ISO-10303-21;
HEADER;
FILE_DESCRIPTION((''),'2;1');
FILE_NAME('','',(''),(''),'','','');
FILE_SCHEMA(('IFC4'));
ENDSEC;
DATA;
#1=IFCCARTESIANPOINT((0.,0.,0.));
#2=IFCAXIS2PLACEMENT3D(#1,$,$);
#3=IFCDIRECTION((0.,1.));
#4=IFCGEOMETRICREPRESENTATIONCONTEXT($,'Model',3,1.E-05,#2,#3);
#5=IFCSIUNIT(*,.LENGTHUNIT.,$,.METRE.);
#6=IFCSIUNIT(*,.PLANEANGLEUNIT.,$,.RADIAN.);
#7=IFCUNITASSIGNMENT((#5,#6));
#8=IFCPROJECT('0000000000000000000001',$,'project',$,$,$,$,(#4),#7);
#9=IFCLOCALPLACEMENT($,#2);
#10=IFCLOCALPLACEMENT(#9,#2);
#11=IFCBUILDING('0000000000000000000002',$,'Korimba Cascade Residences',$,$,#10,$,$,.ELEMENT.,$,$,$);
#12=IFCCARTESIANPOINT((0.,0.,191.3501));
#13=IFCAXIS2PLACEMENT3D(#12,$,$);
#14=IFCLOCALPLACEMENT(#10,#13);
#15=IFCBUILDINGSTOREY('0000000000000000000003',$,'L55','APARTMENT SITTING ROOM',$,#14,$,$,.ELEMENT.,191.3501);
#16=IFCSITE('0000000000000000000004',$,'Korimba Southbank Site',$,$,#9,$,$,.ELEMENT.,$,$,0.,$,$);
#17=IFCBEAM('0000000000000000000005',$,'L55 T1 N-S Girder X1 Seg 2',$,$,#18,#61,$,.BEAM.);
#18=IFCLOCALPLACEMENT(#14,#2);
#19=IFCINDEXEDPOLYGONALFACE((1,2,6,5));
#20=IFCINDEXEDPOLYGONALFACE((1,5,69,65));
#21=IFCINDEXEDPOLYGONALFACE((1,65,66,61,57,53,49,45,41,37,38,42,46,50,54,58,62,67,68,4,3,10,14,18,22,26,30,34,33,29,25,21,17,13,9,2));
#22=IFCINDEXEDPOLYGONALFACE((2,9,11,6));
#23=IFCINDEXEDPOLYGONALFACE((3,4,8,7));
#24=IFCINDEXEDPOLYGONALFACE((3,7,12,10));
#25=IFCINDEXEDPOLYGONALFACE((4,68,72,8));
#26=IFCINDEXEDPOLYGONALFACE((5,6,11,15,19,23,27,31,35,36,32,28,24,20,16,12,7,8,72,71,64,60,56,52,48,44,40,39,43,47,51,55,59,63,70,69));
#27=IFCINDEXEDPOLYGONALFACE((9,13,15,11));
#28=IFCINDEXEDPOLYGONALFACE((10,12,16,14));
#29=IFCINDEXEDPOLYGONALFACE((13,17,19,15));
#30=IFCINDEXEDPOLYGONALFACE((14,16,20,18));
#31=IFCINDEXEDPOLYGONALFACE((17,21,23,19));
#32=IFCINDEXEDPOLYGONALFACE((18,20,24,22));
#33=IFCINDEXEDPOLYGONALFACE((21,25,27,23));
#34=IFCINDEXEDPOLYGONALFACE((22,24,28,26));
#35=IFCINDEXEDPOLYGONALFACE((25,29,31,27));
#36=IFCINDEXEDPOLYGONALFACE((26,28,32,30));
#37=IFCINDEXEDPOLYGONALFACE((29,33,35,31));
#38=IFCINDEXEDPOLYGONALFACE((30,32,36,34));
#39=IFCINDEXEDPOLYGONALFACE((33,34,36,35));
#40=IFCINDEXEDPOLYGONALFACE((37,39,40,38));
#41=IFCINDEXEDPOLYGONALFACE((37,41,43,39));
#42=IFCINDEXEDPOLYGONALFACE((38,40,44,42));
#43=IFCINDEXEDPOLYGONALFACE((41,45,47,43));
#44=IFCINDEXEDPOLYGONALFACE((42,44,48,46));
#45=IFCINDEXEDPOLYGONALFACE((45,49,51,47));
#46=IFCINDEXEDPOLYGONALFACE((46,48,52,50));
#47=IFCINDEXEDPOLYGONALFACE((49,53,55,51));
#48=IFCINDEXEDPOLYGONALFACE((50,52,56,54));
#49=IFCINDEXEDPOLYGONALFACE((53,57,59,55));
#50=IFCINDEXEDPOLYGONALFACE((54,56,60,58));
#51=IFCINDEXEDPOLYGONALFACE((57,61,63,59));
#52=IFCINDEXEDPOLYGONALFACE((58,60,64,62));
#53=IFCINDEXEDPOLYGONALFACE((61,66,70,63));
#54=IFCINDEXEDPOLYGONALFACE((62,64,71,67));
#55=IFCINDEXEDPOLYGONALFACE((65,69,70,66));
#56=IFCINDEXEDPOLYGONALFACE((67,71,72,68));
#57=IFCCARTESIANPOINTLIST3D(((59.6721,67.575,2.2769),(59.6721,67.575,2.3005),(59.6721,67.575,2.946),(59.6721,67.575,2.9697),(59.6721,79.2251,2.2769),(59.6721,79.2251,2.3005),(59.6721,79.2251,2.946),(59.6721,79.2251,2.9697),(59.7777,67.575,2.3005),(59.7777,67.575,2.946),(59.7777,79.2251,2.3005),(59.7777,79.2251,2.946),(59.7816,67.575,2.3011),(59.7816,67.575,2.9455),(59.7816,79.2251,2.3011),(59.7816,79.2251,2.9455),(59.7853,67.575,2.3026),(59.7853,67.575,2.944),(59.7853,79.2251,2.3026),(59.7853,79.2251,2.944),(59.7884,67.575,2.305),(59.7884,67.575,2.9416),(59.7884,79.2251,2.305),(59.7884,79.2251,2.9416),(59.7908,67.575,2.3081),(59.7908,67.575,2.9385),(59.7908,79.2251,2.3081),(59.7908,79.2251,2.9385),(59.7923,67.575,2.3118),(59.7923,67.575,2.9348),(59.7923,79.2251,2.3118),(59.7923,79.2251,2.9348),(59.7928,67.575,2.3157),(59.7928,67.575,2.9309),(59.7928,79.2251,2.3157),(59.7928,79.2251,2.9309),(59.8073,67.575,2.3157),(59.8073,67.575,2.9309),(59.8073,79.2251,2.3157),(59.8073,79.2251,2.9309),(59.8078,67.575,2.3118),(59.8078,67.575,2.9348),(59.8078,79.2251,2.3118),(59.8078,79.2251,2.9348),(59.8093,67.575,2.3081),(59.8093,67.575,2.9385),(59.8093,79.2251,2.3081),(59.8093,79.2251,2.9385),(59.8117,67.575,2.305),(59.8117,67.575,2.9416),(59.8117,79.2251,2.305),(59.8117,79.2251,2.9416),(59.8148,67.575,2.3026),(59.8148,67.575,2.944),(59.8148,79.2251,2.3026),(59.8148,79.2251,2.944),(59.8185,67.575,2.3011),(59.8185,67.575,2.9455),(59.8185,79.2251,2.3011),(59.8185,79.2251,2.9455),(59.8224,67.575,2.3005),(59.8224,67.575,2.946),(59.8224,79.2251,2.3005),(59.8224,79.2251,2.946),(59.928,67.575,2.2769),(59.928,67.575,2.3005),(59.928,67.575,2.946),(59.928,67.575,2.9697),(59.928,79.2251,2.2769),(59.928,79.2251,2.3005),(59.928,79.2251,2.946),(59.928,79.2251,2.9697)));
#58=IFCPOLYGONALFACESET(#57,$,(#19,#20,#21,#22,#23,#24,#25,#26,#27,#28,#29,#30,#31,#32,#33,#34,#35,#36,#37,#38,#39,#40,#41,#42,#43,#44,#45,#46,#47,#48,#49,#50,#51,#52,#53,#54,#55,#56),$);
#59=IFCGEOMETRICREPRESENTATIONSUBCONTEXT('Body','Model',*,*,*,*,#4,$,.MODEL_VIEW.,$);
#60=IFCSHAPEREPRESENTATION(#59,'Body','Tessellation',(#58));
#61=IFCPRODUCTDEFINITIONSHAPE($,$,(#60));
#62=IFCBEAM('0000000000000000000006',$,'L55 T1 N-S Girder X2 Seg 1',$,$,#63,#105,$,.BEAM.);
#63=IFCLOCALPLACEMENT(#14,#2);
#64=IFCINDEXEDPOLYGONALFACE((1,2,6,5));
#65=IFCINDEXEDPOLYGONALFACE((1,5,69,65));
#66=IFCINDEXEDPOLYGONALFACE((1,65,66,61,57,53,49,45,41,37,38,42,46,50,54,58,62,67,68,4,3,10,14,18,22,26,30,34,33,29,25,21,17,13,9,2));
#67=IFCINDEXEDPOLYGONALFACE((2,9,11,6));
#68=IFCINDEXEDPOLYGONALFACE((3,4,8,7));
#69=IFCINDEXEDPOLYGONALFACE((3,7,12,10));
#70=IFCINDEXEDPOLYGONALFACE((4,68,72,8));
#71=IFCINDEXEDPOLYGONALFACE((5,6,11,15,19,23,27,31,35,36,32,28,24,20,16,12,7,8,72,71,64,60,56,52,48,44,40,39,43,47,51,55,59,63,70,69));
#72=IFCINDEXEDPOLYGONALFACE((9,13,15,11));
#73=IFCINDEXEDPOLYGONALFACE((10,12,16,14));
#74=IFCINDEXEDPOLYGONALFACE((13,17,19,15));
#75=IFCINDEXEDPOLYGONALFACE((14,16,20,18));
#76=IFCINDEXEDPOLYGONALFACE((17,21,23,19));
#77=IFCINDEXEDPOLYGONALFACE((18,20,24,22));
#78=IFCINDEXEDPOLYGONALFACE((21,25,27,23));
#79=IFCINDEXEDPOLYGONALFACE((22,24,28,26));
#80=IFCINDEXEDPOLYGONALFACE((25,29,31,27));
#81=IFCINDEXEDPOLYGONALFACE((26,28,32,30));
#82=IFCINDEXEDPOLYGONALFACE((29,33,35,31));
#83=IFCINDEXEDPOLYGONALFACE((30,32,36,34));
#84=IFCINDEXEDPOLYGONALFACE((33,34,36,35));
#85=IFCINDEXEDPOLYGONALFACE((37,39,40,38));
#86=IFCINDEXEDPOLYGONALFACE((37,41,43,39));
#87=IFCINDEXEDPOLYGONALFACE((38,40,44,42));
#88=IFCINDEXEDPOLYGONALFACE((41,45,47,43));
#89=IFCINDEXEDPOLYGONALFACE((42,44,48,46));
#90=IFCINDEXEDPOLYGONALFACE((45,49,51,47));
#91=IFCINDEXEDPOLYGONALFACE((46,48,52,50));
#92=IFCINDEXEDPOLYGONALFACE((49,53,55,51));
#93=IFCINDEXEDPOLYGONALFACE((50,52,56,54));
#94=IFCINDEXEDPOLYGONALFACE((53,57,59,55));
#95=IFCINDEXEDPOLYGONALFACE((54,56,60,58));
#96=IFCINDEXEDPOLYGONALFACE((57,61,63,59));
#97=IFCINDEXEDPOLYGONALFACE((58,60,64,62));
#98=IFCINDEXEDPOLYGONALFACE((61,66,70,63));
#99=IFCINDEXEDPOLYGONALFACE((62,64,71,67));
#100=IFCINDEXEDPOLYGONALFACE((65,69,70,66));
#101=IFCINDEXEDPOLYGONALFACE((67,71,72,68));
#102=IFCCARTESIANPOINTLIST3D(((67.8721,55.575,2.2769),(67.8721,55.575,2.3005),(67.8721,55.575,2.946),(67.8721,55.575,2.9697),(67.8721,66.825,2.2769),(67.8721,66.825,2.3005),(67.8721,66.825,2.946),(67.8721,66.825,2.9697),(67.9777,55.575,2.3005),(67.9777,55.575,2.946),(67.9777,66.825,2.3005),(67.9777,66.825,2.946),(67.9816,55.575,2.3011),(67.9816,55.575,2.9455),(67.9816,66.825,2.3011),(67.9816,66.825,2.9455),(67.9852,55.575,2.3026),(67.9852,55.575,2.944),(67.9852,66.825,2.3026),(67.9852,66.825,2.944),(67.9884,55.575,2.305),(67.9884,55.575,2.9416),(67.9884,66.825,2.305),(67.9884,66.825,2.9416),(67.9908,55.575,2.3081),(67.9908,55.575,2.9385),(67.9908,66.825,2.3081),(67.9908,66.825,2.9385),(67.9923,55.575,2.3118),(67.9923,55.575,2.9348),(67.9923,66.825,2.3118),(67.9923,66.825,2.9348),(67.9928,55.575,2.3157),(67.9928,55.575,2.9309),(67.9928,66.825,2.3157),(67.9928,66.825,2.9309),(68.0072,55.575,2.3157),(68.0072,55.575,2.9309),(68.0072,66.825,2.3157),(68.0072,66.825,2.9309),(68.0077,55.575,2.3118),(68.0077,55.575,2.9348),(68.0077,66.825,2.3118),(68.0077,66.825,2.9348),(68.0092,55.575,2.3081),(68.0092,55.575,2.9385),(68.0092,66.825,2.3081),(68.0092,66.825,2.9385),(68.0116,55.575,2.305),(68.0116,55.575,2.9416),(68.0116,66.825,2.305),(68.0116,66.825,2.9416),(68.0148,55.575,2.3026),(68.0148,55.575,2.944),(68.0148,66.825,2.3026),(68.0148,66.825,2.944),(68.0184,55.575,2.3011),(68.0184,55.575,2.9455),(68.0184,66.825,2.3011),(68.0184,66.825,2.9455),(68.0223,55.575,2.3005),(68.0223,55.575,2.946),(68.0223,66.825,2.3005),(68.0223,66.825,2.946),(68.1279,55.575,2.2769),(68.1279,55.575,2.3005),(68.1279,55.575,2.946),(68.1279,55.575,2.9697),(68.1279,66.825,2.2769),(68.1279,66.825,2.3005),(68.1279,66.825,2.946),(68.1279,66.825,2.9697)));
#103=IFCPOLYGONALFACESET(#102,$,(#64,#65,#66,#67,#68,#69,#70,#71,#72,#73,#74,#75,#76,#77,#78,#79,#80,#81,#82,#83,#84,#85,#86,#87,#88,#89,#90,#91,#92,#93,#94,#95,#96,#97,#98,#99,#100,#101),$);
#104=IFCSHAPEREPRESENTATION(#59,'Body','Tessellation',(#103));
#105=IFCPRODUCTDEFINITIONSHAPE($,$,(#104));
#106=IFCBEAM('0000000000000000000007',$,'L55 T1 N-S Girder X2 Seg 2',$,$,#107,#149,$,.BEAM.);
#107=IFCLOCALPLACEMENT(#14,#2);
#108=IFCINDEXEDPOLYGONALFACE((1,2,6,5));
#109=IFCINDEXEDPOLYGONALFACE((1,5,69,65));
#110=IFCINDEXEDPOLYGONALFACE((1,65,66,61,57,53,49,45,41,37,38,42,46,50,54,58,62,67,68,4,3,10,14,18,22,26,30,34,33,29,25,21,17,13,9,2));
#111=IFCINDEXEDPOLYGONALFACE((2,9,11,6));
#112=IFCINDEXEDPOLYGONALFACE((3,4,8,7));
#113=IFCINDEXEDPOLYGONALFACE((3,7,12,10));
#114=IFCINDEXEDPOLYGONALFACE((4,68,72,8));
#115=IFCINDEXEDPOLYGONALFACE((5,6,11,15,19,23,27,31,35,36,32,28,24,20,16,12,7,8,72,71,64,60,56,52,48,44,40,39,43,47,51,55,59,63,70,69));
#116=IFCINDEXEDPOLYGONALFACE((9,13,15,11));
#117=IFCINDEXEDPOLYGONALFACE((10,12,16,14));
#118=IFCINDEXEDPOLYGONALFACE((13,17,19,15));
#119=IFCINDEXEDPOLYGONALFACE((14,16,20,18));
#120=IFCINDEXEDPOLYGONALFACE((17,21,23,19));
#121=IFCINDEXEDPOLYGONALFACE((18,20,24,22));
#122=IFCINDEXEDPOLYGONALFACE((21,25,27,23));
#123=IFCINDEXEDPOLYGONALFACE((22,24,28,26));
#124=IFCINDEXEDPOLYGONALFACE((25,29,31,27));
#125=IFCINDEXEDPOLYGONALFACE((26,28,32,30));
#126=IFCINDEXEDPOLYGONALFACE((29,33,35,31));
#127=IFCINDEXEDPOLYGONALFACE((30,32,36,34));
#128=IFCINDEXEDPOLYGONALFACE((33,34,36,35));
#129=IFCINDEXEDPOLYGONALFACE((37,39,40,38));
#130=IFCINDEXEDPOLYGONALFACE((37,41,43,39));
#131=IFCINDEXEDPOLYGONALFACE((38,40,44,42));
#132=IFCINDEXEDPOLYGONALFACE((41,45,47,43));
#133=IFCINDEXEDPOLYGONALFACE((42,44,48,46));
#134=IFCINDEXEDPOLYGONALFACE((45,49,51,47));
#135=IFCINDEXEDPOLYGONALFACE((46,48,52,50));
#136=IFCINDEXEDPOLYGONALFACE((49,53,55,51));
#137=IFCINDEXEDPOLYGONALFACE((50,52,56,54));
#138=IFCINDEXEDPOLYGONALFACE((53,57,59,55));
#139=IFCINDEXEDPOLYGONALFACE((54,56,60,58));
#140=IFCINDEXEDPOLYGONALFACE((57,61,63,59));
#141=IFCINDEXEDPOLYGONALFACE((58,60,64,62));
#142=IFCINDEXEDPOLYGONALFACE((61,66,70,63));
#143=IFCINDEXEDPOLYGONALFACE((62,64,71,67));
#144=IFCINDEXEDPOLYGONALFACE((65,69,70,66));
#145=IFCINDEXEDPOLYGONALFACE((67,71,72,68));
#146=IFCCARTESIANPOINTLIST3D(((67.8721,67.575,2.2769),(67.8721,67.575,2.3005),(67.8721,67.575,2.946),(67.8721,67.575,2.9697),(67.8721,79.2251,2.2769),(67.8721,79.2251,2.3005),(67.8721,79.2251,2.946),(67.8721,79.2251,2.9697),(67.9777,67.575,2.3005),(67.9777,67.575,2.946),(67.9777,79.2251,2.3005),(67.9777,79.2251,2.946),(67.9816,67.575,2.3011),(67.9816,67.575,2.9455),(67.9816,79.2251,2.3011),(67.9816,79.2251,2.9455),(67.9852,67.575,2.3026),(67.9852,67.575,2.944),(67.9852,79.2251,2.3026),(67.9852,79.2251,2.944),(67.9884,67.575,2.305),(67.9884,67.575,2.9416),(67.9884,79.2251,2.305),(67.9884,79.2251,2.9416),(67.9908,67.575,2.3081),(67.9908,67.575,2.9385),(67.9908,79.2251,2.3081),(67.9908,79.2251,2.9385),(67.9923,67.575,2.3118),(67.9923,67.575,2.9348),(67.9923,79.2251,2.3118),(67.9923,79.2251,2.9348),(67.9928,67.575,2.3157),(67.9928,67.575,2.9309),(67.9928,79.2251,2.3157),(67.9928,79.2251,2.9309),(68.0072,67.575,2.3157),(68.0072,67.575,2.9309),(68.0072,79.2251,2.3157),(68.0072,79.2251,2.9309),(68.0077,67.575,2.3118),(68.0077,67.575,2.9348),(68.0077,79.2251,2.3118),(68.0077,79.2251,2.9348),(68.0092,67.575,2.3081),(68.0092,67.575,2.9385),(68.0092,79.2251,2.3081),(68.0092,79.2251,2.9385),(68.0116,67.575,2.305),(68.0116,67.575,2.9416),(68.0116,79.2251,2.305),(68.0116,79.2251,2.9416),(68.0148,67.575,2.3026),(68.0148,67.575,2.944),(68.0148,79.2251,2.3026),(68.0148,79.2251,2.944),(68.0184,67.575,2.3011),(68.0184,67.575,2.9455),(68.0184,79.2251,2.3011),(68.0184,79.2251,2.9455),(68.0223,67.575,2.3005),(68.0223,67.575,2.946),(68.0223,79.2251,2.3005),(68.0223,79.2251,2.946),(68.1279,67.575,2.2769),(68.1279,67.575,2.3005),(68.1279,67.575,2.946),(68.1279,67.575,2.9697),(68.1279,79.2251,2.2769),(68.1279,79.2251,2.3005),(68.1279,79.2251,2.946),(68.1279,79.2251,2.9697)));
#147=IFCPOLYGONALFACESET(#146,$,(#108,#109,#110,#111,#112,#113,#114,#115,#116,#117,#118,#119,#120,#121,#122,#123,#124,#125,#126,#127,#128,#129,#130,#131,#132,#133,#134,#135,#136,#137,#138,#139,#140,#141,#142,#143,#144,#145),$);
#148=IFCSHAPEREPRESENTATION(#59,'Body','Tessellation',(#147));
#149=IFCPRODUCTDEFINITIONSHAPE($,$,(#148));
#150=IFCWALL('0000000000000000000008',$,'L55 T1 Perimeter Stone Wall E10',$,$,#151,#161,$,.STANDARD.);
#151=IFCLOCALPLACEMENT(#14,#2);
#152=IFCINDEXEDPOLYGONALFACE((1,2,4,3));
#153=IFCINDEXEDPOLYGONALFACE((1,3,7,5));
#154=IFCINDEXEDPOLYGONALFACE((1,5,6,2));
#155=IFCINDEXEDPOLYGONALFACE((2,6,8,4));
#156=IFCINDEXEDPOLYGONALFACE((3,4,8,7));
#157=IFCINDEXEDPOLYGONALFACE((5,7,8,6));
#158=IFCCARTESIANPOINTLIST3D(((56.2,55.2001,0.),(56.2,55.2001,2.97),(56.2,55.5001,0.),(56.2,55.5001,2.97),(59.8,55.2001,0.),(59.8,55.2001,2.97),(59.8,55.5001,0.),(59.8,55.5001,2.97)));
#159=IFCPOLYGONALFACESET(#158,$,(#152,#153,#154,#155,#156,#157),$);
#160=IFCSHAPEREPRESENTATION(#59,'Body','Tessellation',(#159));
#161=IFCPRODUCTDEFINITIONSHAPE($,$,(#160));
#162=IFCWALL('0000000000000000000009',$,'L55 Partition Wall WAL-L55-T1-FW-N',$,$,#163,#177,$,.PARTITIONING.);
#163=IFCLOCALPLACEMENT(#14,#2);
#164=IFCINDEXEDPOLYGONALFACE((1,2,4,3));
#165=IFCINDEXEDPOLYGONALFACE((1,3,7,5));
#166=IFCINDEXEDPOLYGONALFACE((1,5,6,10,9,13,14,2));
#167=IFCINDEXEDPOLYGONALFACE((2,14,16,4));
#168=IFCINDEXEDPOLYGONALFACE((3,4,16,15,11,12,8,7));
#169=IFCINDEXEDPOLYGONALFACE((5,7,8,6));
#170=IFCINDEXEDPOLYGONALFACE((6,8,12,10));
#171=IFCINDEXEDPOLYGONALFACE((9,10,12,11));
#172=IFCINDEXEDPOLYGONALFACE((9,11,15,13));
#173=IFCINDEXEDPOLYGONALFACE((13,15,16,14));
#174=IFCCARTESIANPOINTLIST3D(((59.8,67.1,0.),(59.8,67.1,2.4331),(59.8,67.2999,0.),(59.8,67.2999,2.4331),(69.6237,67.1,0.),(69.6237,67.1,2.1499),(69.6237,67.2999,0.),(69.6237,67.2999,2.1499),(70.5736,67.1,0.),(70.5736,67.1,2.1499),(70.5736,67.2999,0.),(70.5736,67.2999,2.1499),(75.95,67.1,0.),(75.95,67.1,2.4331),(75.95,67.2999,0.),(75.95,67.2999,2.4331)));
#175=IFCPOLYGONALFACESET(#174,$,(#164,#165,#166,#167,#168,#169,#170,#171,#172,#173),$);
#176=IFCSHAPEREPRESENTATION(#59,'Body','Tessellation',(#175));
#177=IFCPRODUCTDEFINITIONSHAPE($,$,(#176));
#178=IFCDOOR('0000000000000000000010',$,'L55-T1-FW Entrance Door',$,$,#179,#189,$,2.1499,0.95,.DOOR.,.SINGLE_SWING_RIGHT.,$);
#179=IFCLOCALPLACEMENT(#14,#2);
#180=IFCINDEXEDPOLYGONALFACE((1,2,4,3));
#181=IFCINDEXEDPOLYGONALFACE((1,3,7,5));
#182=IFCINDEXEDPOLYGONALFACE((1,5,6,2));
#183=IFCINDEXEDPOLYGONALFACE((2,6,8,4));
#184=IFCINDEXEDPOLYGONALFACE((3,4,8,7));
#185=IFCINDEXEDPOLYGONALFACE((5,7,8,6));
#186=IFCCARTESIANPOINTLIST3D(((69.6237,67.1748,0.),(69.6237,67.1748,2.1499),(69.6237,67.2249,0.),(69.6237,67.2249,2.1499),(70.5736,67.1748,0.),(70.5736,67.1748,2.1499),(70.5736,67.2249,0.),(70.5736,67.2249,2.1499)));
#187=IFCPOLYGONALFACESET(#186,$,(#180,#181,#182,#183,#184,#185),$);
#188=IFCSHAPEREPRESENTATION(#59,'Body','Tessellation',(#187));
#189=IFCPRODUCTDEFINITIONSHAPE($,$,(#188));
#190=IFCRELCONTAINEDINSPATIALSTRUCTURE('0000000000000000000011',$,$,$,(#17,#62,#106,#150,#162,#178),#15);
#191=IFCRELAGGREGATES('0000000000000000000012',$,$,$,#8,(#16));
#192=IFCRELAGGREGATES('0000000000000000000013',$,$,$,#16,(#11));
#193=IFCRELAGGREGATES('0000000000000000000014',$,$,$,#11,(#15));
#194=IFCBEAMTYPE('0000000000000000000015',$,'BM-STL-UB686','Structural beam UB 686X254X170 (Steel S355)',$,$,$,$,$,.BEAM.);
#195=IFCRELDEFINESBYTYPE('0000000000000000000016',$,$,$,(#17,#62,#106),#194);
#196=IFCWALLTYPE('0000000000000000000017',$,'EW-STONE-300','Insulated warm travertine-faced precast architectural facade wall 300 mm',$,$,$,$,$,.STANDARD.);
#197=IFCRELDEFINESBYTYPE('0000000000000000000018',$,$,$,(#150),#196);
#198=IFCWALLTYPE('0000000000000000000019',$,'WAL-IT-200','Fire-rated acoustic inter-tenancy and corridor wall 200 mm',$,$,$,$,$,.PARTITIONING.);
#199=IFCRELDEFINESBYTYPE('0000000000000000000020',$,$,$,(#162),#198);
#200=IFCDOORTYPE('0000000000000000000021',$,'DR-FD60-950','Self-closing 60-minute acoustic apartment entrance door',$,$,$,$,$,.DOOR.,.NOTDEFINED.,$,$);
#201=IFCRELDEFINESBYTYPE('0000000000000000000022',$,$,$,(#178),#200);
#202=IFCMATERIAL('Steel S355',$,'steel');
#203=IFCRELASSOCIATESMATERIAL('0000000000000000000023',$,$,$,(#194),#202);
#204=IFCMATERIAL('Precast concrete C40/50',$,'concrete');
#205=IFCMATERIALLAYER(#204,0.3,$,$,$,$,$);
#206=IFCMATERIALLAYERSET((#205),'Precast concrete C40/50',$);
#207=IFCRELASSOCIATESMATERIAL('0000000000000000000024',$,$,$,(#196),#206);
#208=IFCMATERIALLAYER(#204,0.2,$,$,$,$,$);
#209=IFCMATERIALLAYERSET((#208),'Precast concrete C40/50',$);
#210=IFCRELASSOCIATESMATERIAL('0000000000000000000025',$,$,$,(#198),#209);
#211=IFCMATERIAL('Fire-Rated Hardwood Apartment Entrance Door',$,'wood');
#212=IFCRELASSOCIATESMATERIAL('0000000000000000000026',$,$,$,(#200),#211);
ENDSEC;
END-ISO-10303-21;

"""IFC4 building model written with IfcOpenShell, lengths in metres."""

from ifc_helpers import new_model, si_unit, direction, frame, frame_2d, origin, origin_2d, place, context, subcontext, project, spatial, rectangle, i_section, extrude, material, layer, layer_set, material_profile, profile_set, type_object, element, fill, save


model = new_model("IFC4")

# Units and contexts
model_context = context("Model", 3, precision=1e-05, world=origin(), true_north=direction((0.0, 1.0)))
body_context = subcontext(model_context, "Body", "Model", "MODEL_VIEW")
ifc_project = project(units=[si_unit("LENGTHUNIT", "METRE"), si_unit("PLANEANGLEUNIT", "RADIAN")], contexts=[model_context])

# Site, building, storey
site_placement = place(None, origin())
site = spatial("IfcSite", under=ifc_project, at=site_placement, Name="Korimba Southbank Site", CompositionType="ELEMENT", RefElevation=0.0)
building_placement = place(site_placement, origin())
building = spatial("IfcBuilding", under=site, at=building_placement, Name="Korimba Cascade Residences", CompositionType="ELEMENT")
storey_placement = place(building_placement, frame((0.0, 0.0, 191.3501)))
storey = spatial("IfcBuildingStorey", under=building, at=storey_placement, Name="L55", Description="APARTMENT SITTING ROOM", CompositionType="ELEMENT", Elevation=191.3501)

# Beams
ifc_material_1 = material(Name="Steel S355", Category="steel")
ifc_material_profile_1 = material_profile(ifc_material_1, i_section(OverallWidth=0.2559, OverallDepth=0.6929, WebThickness=0.0144, FlangeThickness=0.0237, FilletRadius=0.0151, at=origin_2d()), Name="Steel S355")
ifc_profile_set_1 = profile_set([ifc_material_profile_1], Name="Steel S355")
beam_type_1 = type_object("IfcBeamType", Name="BM-STL-UB686", Description="Structural beam UB 686X254X170 (Steel S355)", PredefinedType="BEAM", material=ifc_profile_set_1)
beam_1_placement = place(storey_placement, frame((59.8, 67.575, 2.6233), z_axis=(0.0, 1.0, 0.0), x_axis=(-1.0, 0.0, 0.0)))
element("IfcBeam", 1, at=beam_1_placement, inside=storey, type_object=beam_type_1, Name="L55 T1 N-S Girder X1 Seg 2", PredefinedType="BEAM", context=body_context, shape_type="SweptSolid", body=[
    extrude(i_section(OverallWidth=0.2559, OverallDepth=0.6929, WebThickness=0.0144, FlangeThickness=0.0237, FilletRadius=0.0151, at=origin_2d()), origin(), (0.0, 0.0, 1.0), 11.6501),
])
beam_2_placement = place(storey_placement, frame((68.0, 55.575, 2.6233), z_axis=(0.0, 1.0, 0.0), x_axis=(-1.0, 0.0, 0.0)))
element("IfcBeam", 2, at=beam_2_placement, inside=storey, type_object=beam_type_1, Name="L55 T1 N-S Girder X2 Seg 1", PredefinedType="BEAM", context=body_context, shape_type="SweptSolid", body=[
    extrude(i_section(OverallWidth=0.2559, OverallDepth=0.6929, WebThickness=0.0144, FlangeThickness=0.0237, FilletRadius=0.0151, at=origin_2d()), origin(), (0.0, 0.0, 1.0), 11.25),
])
beam_3_placement = place(storey_placement, frame((68.0, 67.575, 2.6233), z_axis=(0.0, 1.0, 0.0), x_axis=(-1.0, 0.0, 0.0)))
element("IfcBeam", 3, at=beam_3_placement, inside=storey, type_object=beam_type_1, Name="L55 T1 N-S Girder X2 Seg 2", PredefinedType="BEAM", context=body_context, shape_type="SweptSolid", body=[
    extrude(i_section(OverallWidth=0.2559, OverallDepth=0.6929, WebThickness=0.0144, FlangeThickness=0.0237, FilletRadius=0.0151, at=origin_2d()), origin(), (0.0, 0.0, 1.0), 11.6501),
])

# Wall
ifc_material_2 = material(Name="Precast concrete C40/50", Category="concrete")
ifc_layer_1 = layer(ifc_material_2, 0.3)
ifc_layer_set_1 = layer_set([ifc_layer_1], Name="Precast concrete C40/50")
wall_type_1 = type_object("IfcWallType", Name="EW-STONE-300", Description="Insulated warm travertine-faced precast architectural facade wall 300 mm", PredefinedType="STANDARD", material=ifc_layer_set_1)
wall_1_placement = place(storey_placement, frame((56.2, 55.3501, 0.0), z_axis=(0.0, 0.0, 1.0), x_axis=(1.0, 0.0, 0.0)))
element("IfcWall", 4, at=wall_1_placement, inside=storey, type_object=wall_type_1, Name="L55 T1 Perimeter Stone Wall E10", PredefinedType="STANDARD", context=body_context, shape_type="SweptSolid", body=[
    extrude(rectangle(XDim=3.6001, YDim=0.3, at=frame_2d((1.8, 0.0))), origin(), (0.0, 0.0, 1.0), 2.97),
])

# Wall, opening, door
ifc_layer_2 = layer(ifc_material_2, 0.2)
ifc_layer_set_2 = layer_set([ifc_layer_2], Name="Precast concrete C40/50")
wall_type_2 = type_object("IfcWallType", Name="WAL-IT-200", Description="Fire-rated acoustic inter-tenancy and corridor wall 200 mm", PredefinedType="PARTITIONING", material=ifc_layer_set_2)
wall_2_placement = place(storey_placement, frame((59.8, 67.2, 0.0), z_axis=(0.0, 0.0, 1.0), x_axis=(1.0, 0.0, 0.0)))
wall_2 = element("IfcWall", 5, at=wall_2_placement, inside=storey, type_object=wall_type_2, Name="L55 Partition Wall WAL-L55-T1-FW-N", PredefinedType="PARTITIONING", context=body_context, shape_type="SweptSolid", body=[
    extrude(rectangle(XDim=16.1499, YDim=0.2, at=frame_2d((8.075, 0.0))), origin(), (0.0, 0.0, 1.0), 2.4331),
])
opening_1_placement = place(wall_2_placement, frame((9.8235, 0.0, 0.0)))
opening_1 = element("IfcOpeningElement", 6, at=opening_1_placement, cuts=wall_2, PredefinedType="OPENING", context=body_context, shape_type="SweptSolid", body=[
    extrude(rectangle(XDim=0.95, YDim=2.1499, at=frame_2d((0.4751, 1.075))), frame((0.0, 0.1099, 0.0), z_axis=(0.0, -1.0, 0.0), x_axis=(1.0, 0.0, 0.0)), (0.0, 0.0, 1.0), 0.22),
])
ifc_material_3 = material(Name="Fire-Rated Hardwood Apartment Entrance Door", Category="wood")
door_type_1 = type_object("IfcDoorType", Name="DR-FD60-950", Description="Self-closing 60-minute acoustic apartment entrance door", OperationType="NOTDEFINED", PredefinedType="DOOR", material=ifc_material_3)
door_1_placement = place(opening_1_placement, origin())
door_1 = element("IfcDoor", 7, at=door_1_placement, inside=storey, type_object=door_type_1, Name="L55-T1-FW Entrance Door", OperationType="SINGLE_SWING_RIGHT", OverallHeight=2.1499, OverallWidth=0.95, PredefinedType="DOOR", context=body_context, shape_type="SweptSolid", body=[
    extrude(rectangle(XDim=0.95, YDim=2.1499, at=frame_2d((0.4751, 1.075))), frame((0.0, 0.0249, 0.0), z_axis=(0.0, -1.0, 0.0), x_axis=(1.0, 0.0, 0.0)), (0.0, 0.0, 1.0), 0.05),
])
fill(opening_1, door_1)

save(model, "model.ifc")
